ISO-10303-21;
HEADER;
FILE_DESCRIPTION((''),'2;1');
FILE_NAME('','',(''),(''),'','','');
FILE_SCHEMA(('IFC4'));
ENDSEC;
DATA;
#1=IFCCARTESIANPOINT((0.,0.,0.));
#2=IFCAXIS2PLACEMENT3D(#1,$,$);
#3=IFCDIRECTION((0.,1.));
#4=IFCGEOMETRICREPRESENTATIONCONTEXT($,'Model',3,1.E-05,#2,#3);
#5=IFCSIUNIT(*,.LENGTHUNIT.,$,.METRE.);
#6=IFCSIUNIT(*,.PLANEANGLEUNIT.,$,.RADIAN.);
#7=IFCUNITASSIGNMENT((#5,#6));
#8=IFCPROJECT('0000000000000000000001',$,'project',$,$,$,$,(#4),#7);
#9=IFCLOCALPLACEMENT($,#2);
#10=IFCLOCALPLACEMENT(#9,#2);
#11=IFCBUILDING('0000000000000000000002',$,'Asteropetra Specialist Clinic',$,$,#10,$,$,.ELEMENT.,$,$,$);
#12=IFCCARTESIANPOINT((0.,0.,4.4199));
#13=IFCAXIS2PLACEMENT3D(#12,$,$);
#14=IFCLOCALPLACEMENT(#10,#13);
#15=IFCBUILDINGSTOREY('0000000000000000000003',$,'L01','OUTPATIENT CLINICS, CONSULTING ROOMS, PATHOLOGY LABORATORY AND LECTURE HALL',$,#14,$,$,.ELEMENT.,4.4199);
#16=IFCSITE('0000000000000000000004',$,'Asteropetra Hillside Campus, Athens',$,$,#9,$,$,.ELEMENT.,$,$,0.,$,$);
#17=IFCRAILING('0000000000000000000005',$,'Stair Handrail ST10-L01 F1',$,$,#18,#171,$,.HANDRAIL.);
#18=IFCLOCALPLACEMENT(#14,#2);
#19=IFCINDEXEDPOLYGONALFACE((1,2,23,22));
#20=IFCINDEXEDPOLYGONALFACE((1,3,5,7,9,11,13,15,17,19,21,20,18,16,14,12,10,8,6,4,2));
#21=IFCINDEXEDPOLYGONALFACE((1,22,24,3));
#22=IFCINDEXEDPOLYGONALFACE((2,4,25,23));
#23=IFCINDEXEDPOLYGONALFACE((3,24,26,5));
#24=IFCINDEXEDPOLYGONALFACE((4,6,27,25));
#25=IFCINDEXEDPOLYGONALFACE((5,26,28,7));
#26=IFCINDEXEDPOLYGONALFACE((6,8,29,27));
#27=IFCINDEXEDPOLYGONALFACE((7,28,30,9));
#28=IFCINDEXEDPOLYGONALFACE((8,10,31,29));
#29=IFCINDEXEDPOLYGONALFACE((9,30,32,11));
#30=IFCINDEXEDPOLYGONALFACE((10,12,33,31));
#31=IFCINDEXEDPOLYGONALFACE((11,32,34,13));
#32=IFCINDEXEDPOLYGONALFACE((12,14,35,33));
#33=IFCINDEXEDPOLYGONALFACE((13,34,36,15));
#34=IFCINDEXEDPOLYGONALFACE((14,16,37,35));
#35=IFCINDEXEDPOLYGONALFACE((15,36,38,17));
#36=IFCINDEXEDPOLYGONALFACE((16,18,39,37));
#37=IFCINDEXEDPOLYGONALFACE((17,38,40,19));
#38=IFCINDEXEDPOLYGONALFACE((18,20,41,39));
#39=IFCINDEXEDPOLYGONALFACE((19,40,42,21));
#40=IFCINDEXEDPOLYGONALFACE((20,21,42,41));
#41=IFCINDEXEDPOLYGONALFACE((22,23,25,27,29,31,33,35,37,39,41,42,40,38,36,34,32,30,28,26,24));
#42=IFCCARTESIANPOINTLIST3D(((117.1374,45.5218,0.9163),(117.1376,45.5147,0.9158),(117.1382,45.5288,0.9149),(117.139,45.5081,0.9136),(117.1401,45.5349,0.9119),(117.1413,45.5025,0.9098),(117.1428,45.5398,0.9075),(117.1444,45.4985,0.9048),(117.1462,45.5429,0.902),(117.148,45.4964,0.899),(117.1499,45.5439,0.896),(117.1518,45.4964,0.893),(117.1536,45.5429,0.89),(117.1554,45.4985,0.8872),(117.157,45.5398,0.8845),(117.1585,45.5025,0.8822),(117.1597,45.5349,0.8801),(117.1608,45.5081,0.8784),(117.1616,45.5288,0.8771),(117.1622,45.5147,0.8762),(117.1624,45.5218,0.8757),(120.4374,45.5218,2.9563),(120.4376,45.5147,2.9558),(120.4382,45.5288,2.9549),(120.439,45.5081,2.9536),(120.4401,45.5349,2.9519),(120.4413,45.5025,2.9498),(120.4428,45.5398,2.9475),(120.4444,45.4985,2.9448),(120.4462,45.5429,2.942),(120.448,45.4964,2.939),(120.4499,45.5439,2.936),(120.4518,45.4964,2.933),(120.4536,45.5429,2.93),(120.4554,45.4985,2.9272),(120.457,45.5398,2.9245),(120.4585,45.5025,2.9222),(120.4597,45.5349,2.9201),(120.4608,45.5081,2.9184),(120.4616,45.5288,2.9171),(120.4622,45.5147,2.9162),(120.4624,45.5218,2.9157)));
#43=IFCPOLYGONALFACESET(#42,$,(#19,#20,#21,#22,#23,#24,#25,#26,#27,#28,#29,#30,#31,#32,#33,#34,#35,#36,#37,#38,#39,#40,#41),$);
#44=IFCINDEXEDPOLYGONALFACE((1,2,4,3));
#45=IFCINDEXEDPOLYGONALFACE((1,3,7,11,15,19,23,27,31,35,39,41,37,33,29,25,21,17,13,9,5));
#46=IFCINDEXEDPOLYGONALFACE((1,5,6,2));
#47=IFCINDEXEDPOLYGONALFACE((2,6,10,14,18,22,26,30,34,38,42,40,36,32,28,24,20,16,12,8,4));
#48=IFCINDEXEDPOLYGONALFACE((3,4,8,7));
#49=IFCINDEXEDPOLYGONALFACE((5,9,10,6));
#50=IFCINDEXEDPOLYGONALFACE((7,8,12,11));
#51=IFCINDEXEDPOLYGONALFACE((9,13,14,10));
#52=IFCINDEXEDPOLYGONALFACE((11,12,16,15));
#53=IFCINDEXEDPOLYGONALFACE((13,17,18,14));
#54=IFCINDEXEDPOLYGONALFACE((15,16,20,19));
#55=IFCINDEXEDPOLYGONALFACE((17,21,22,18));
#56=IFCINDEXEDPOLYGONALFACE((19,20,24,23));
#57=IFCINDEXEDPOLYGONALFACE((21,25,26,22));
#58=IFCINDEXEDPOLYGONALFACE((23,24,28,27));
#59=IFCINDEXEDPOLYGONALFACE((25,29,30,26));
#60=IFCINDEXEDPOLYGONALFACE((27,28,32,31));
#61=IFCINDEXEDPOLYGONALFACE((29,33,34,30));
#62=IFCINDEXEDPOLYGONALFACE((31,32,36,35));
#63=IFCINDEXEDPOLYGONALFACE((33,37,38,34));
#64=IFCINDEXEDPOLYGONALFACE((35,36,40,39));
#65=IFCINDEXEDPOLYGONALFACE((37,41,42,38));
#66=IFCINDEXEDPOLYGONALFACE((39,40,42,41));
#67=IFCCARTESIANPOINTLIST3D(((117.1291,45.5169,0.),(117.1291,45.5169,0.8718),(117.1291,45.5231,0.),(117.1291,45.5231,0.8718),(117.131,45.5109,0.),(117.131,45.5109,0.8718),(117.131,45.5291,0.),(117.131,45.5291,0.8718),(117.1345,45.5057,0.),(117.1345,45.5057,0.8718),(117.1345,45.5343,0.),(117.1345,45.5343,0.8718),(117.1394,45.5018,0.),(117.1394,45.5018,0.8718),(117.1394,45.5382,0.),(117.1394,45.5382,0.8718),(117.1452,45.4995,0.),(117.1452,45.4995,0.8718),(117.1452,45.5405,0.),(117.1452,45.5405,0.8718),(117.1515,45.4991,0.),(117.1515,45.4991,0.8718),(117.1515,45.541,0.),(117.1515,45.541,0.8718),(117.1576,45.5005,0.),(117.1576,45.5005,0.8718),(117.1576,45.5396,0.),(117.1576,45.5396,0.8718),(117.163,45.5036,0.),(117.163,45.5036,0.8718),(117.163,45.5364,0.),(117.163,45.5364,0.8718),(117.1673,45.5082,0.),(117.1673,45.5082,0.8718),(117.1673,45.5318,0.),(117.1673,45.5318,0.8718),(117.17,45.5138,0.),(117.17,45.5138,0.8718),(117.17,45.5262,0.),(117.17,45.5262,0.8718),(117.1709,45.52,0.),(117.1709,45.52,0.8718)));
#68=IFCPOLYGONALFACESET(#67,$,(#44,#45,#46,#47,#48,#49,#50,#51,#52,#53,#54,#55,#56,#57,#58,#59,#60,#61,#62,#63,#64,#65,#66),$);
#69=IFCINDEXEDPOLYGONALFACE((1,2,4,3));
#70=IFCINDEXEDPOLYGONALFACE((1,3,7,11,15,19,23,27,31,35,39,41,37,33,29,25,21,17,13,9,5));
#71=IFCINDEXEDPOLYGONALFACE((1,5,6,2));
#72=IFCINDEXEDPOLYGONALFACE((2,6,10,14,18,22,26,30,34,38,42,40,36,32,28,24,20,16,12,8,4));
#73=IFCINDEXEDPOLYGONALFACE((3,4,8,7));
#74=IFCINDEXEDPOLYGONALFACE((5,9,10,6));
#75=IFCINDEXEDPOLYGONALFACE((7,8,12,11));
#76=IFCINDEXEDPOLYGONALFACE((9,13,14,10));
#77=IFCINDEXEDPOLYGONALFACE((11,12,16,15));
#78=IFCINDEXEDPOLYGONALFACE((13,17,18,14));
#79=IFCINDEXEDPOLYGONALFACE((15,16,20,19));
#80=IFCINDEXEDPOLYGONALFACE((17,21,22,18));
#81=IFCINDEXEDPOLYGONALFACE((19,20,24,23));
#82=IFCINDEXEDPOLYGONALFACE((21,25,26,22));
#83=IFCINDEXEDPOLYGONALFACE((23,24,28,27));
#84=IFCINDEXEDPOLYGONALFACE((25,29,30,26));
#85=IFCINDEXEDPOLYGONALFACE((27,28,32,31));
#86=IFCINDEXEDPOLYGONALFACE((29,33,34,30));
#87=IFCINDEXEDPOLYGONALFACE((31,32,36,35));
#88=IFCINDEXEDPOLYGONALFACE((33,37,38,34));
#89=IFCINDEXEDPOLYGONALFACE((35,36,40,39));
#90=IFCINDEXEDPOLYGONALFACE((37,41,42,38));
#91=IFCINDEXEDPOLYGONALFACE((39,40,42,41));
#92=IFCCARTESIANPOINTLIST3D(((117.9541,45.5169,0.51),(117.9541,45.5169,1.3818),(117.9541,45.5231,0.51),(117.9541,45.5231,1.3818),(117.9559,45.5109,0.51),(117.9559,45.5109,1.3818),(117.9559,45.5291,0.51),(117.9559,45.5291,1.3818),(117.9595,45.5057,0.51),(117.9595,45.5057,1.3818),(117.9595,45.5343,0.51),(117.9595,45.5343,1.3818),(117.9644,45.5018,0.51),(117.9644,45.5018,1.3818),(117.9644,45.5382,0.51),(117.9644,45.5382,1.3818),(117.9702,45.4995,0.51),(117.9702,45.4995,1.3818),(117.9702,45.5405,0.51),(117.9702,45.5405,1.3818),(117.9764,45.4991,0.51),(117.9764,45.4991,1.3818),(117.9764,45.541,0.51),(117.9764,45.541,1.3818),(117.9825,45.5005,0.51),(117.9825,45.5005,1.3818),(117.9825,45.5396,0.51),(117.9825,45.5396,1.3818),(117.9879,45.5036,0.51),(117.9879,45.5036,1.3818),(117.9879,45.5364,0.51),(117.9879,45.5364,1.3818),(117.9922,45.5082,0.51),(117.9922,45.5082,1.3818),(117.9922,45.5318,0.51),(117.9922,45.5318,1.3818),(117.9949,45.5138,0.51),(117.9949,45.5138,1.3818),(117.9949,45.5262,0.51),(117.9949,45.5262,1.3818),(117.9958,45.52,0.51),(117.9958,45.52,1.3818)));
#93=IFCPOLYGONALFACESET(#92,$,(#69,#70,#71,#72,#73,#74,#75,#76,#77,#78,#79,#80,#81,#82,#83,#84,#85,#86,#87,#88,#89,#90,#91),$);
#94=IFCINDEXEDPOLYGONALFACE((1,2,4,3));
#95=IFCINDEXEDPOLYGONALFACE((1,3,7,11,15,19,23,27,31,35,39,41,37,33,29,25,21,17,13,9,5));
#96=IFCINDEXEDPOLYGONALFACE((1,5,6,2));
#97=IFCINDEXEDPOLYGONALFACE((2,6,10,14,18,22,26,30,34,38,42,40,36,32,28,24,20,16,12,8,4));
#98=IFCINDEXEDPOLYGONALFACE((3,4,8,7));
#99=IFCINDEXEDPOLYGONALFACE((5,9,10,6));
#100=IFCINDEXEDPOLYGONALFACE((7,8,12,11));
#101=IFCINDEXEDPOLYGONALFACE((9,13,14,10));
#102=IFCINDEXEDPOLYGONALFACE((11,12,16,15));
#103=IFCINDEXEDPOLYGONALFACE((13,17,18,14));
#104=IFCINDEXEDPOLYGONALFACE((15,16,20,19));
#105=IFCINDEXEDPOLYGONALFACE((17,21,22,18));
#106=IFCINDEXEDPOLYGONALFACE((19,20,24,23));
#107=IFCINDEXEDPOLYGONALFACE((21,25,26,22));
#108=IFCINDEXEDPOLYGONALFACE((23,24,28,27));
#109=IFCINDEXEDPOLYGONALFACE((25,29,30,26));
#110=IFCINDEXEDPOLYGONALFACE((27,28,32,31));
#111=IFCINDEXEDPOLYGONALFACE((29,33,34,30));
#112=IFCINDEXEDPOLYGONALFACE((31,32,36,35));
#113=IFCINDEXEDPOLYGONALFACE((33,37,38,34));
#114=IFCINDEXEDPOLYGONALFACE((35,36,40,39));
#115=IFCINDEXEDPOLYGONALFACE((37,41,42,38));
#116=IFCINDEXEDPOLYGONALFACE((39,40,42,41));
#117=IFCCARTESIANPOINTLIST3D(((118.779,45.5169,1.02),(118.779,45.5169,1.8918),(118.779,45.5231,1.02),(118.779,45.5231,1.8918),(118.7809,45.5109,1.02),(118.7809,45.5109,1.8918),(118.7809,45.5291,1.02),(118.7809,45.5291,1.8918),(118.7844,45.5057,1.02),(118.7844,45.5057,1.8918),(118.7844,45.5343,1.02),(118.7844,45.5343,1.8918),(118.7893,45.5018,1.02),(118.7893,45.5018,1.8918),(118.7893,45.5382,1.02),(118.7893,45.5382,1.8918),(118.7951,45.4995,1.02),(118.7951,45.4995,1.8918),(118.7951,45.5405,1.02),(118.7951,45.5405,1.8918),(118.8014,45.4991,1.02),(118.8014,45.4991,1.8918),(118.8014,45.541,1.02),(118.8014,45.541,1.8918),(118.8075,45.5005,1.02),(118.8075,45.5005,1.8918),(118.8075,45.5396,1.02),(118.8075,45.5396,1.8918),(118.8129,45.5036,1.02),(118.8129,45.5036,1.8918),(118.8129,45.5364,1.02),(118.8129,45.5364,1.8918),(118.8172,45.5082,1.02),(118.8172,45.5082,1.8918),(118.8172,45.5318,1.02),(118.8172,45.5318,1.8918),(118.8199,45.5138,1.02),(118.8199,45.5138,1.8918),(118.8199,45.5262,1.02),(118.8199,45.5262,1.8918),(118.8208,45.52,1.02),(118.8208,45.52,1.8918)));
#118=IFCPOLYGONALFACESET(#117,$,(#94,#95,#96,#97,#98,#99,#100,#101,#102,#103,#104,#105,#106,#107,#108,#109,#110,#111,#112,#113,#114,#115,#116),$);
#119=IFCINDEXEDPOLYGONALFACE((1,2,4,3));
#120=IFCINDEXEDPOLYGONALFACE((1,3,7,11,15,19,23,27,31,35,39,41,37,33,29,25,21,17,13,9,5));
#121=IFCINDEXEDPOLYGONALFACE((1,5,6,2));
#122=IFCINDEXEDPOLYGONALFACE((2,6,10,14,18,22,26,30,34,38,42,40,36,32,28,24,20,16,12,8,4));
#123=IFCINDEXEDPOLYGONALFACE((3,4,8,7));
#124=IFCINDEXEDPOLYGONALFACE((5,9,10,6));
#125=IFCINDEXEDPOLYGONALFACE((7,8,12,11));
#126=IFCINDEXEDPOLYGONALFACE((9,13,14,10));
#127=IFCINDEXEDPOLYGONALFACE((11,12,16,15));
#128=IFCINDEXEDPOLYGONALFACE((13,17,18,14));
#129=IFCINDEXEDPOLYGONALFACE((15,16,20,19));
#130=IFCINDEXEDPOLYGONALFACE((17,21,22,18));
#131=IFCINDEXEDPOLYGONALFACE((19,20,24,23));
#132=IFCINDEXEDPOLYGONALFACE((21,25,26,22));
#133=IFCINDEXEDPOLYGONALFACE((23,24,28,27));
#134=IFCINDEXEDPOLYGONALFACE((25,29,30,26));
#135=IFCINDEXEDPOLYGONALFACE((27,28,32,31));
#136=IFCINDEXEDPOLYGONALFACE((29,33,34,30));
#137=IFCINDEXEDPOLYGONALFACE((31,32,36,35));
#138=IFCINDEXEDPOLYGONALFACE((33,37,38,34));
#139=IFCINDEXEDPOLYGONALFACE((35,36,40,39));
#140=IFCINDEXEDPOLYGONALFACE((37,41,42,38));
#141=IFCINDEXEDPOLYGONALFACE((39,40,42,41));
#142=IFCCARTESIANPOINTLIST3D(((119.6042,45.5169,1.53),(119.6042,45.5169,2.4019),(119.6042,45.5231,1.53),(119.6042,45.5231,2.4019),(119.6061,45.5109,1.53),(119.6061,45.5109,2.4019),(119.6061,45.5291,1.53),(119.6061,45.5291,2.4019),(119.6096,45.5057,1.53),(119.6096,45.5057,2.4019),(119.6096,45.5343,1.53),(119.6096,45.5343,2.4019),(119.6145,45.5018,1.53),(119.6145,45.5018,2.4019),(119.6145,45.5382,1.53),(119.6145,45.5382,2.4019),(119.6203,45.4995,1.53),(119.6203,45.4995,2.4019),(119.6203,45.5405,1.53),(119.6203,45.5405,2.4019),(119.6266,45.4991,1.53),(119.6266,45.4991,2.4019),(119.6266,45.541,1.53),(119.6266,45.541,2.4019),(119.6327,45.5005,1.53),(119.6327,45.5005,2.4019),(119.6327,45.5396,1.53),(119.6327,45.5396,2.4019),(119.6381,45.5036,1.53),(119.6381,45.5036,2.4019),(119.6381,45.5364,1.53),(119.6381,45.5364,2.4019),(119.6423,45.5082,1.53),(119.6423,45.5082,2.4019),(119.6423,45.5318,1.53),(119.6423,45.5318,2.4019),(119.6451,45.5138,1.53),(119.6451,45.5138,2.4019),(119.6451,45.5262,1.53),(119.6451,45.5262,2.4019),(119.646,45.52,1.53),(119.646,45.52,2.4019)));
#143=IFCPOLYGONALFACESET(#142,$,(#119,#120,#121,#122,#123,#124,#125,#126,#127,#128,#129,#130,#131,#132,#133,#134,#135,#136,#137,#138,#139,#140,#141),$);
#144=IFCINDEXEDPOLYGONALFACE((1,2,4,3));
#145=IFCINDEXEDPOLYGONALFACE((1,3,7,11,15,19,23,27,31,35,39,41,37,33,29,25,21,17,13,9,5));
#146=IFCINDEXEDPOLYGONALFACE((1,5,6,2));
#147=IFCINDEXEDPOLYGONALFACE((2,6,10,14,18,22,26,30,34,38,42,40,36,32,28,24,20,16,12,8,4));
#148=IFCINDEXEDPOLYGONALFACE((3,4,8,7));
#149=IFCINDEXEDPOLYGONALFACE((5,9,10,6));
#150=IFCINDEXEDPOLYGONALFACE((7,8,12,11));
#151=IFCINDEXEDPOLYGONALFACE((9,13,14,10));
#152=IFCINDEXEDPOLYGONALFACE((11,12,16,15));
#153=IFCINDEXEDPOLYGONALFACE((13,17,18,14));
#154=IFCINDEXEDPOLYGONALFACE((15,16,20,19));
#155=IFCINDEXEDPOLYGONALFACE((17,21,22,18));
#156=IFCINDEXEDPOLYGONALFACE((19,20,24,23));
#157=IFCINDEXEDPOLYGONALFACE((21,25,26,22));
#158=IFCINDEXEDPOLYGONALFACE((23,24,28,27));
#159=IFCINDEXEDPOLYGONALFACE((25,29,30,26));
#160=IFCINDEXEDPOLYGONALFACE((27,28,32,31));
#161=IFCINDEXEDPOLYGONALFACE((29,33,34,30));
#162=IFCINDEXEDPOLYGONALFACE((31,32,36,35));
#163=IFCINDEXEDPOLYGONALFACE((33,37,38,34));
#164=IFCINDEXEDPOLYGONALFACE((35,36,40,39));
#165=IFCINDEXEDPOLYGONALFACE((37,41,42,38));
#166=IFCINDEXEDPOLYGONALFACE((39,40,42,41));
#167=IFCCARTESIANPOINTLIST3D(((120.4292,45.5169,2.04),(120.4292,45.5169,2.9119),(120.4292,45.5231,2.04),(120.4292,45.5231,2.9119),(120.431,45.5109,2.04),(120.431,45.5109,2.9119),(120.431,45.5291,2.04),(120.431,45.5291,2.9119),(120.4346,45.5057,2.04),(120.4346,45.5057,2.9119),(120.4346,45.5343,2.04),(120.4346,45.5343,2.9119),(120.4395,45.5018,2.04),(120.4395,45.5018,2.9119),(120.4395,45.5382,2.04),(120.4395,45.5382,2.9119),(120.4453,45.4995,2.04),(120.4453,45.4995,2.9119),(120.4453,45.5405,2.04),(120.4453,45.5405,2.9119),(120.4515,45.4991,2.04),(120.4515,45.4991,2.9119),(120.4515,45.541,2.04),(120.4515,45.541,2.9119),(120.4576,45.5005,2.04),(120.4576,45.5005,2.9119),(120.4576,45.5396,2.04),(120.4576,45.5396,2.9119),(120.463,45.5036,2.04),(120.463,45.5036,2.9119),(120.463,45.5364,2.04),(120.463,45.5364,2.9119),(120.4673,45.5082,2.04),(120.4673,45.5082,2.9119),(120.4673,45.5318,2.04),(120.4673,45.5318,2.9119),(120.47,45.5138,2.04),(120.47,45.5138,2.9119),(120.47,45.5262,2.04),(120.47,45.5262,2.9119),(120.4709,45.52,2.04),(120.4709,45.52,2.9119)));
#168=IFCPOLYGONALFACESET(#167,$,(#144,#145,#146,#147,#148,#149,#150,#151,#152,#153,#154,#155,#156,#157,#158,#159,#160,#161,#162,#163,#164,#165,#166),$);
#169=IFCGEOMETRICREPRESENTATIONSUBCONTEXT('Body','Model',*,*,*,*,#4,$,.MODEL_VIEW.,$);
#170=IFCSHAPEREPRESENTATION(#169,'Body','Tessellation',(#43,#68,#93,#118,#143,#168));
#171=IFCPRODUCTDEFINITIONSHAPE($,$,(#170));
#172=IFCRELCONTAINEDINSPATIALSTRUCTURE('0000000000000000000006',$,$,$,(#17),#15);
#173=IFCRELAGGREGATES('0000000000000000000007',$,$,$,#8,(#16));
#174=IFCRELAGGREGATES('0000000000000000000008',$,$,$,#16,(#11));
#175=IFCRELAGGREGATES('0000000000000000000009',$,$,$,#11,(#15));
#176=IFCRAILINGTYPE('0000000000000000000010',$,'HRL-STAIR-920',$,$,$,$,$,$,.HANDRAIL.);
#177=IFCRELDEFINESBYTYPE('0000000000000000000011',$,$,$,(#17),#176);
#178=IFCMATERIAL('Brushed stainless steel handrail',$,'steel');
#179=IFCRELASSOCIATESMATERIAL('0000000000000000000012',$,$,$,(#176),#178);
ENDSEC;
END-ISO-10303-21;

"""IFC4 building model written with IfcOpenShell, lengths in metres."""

from ifc_helpers import new_model, si_unit, direction, frame, origin, origin_2d, place, context, subcontext, project, spatial, circle, extrude, material, type_object, element, save


model = new_model("IFC4")

# Units and contexts
model_context = context("Model", 3, precision=1e-05, world=origin(), true_north=direction((0.0, 1.0)))
body_context = subcontext(model_context, "Body", "Model", "MODEL_VIEW")
ifc_project = project(units=[si_unit("LENGTHUNIT", "METRE"), si_unit("PLANEANGLEUNIT", "RADIAN")], contexts=[model_context])

# Site, building, storey
site_placement = place(None, origin())
site = spatial("IfcSite", under=ifc_project, at=site_placement, Name="Asteropetra Hillside Campus, Athens", CompositionType="ELEMENT", RefElevation=0.0)
building_placement = place(site_placement, origin())
building = spatial("IfcBuilding", under=site, at=building_placement, Name="Asteropetra Specialist Clinic", CompositionType="ELEMENT")
storey_placement = place(building_placement, frame((0.0, 0.0, 4.4199)))
storey = spatial("IfcBuildingStorey", under=building, at=storey_placement, Name="L01", Description="OUTPATIENT CLINICS, CONSULTING ROOMS, PATHOLOGY LABORATORY AND LECTURE HALL", CompositionType="ELEMENT", Elevation=4.4199)

# Railing
ifc_material_1 = material(Name="Brushed stainless steel handrail", Category="steel")
railing_type_1 = type_object("IfcRailingType", Name="HRL-STAIR-920", PredefinedType="HANDRAIL", material=ifc_material_1)
for number, where, name in (
    (1, (117.1499, 45.52, 0.0), "Stair Handrail ST10-L01 F1"),
):
    element("IfcRailing", number, at=place(storey_placement, frame(where)), inside=storey, type_object=railing_type_1, Name=name, PredefinedType="HANDRAIL", context=body_context, shape_type="SweptSolid", body=[
        extrude(circle(Radius=0.0239, at=origin_2d()), frame((0.0, 0.0, 0.896), z_axis=(0.850594, 0.0, 0.525824), x_axis=(0.0, 1.0, 0.0)), (0.0, 0.0, 1.0), 3.8796),
        extrude(circle(Radius=0.021, at=origin_2d()), origin(), (0.0, 0.0, 1.0), 0.8718),
        extrude(circle(Radius=0.021, at=origin_2d()), frame((0.825, 0.0, 0.51)), (0.0, 0.0, 1.0), 0.8718),
        extrude(circle(Radius=0.021, at=origin_2d()), frame((1.6499, 0.0, 1.02)), (0.0, 0.0, 1.0), 0.8718),
        extrude(circle(Radius=0.021, at=origin_2d()), frame((2.4751, 0.0, 1.53)), (0.0, 0.0, 1.0), 0.8718),
        extrude(circle(Radius=0.021, at=origin_2d()), frame((3.3, 0.0, 2.04)), (0.0, 0.0, 1.0), 0.8718),
    ])

save(model, "model.ifc")
